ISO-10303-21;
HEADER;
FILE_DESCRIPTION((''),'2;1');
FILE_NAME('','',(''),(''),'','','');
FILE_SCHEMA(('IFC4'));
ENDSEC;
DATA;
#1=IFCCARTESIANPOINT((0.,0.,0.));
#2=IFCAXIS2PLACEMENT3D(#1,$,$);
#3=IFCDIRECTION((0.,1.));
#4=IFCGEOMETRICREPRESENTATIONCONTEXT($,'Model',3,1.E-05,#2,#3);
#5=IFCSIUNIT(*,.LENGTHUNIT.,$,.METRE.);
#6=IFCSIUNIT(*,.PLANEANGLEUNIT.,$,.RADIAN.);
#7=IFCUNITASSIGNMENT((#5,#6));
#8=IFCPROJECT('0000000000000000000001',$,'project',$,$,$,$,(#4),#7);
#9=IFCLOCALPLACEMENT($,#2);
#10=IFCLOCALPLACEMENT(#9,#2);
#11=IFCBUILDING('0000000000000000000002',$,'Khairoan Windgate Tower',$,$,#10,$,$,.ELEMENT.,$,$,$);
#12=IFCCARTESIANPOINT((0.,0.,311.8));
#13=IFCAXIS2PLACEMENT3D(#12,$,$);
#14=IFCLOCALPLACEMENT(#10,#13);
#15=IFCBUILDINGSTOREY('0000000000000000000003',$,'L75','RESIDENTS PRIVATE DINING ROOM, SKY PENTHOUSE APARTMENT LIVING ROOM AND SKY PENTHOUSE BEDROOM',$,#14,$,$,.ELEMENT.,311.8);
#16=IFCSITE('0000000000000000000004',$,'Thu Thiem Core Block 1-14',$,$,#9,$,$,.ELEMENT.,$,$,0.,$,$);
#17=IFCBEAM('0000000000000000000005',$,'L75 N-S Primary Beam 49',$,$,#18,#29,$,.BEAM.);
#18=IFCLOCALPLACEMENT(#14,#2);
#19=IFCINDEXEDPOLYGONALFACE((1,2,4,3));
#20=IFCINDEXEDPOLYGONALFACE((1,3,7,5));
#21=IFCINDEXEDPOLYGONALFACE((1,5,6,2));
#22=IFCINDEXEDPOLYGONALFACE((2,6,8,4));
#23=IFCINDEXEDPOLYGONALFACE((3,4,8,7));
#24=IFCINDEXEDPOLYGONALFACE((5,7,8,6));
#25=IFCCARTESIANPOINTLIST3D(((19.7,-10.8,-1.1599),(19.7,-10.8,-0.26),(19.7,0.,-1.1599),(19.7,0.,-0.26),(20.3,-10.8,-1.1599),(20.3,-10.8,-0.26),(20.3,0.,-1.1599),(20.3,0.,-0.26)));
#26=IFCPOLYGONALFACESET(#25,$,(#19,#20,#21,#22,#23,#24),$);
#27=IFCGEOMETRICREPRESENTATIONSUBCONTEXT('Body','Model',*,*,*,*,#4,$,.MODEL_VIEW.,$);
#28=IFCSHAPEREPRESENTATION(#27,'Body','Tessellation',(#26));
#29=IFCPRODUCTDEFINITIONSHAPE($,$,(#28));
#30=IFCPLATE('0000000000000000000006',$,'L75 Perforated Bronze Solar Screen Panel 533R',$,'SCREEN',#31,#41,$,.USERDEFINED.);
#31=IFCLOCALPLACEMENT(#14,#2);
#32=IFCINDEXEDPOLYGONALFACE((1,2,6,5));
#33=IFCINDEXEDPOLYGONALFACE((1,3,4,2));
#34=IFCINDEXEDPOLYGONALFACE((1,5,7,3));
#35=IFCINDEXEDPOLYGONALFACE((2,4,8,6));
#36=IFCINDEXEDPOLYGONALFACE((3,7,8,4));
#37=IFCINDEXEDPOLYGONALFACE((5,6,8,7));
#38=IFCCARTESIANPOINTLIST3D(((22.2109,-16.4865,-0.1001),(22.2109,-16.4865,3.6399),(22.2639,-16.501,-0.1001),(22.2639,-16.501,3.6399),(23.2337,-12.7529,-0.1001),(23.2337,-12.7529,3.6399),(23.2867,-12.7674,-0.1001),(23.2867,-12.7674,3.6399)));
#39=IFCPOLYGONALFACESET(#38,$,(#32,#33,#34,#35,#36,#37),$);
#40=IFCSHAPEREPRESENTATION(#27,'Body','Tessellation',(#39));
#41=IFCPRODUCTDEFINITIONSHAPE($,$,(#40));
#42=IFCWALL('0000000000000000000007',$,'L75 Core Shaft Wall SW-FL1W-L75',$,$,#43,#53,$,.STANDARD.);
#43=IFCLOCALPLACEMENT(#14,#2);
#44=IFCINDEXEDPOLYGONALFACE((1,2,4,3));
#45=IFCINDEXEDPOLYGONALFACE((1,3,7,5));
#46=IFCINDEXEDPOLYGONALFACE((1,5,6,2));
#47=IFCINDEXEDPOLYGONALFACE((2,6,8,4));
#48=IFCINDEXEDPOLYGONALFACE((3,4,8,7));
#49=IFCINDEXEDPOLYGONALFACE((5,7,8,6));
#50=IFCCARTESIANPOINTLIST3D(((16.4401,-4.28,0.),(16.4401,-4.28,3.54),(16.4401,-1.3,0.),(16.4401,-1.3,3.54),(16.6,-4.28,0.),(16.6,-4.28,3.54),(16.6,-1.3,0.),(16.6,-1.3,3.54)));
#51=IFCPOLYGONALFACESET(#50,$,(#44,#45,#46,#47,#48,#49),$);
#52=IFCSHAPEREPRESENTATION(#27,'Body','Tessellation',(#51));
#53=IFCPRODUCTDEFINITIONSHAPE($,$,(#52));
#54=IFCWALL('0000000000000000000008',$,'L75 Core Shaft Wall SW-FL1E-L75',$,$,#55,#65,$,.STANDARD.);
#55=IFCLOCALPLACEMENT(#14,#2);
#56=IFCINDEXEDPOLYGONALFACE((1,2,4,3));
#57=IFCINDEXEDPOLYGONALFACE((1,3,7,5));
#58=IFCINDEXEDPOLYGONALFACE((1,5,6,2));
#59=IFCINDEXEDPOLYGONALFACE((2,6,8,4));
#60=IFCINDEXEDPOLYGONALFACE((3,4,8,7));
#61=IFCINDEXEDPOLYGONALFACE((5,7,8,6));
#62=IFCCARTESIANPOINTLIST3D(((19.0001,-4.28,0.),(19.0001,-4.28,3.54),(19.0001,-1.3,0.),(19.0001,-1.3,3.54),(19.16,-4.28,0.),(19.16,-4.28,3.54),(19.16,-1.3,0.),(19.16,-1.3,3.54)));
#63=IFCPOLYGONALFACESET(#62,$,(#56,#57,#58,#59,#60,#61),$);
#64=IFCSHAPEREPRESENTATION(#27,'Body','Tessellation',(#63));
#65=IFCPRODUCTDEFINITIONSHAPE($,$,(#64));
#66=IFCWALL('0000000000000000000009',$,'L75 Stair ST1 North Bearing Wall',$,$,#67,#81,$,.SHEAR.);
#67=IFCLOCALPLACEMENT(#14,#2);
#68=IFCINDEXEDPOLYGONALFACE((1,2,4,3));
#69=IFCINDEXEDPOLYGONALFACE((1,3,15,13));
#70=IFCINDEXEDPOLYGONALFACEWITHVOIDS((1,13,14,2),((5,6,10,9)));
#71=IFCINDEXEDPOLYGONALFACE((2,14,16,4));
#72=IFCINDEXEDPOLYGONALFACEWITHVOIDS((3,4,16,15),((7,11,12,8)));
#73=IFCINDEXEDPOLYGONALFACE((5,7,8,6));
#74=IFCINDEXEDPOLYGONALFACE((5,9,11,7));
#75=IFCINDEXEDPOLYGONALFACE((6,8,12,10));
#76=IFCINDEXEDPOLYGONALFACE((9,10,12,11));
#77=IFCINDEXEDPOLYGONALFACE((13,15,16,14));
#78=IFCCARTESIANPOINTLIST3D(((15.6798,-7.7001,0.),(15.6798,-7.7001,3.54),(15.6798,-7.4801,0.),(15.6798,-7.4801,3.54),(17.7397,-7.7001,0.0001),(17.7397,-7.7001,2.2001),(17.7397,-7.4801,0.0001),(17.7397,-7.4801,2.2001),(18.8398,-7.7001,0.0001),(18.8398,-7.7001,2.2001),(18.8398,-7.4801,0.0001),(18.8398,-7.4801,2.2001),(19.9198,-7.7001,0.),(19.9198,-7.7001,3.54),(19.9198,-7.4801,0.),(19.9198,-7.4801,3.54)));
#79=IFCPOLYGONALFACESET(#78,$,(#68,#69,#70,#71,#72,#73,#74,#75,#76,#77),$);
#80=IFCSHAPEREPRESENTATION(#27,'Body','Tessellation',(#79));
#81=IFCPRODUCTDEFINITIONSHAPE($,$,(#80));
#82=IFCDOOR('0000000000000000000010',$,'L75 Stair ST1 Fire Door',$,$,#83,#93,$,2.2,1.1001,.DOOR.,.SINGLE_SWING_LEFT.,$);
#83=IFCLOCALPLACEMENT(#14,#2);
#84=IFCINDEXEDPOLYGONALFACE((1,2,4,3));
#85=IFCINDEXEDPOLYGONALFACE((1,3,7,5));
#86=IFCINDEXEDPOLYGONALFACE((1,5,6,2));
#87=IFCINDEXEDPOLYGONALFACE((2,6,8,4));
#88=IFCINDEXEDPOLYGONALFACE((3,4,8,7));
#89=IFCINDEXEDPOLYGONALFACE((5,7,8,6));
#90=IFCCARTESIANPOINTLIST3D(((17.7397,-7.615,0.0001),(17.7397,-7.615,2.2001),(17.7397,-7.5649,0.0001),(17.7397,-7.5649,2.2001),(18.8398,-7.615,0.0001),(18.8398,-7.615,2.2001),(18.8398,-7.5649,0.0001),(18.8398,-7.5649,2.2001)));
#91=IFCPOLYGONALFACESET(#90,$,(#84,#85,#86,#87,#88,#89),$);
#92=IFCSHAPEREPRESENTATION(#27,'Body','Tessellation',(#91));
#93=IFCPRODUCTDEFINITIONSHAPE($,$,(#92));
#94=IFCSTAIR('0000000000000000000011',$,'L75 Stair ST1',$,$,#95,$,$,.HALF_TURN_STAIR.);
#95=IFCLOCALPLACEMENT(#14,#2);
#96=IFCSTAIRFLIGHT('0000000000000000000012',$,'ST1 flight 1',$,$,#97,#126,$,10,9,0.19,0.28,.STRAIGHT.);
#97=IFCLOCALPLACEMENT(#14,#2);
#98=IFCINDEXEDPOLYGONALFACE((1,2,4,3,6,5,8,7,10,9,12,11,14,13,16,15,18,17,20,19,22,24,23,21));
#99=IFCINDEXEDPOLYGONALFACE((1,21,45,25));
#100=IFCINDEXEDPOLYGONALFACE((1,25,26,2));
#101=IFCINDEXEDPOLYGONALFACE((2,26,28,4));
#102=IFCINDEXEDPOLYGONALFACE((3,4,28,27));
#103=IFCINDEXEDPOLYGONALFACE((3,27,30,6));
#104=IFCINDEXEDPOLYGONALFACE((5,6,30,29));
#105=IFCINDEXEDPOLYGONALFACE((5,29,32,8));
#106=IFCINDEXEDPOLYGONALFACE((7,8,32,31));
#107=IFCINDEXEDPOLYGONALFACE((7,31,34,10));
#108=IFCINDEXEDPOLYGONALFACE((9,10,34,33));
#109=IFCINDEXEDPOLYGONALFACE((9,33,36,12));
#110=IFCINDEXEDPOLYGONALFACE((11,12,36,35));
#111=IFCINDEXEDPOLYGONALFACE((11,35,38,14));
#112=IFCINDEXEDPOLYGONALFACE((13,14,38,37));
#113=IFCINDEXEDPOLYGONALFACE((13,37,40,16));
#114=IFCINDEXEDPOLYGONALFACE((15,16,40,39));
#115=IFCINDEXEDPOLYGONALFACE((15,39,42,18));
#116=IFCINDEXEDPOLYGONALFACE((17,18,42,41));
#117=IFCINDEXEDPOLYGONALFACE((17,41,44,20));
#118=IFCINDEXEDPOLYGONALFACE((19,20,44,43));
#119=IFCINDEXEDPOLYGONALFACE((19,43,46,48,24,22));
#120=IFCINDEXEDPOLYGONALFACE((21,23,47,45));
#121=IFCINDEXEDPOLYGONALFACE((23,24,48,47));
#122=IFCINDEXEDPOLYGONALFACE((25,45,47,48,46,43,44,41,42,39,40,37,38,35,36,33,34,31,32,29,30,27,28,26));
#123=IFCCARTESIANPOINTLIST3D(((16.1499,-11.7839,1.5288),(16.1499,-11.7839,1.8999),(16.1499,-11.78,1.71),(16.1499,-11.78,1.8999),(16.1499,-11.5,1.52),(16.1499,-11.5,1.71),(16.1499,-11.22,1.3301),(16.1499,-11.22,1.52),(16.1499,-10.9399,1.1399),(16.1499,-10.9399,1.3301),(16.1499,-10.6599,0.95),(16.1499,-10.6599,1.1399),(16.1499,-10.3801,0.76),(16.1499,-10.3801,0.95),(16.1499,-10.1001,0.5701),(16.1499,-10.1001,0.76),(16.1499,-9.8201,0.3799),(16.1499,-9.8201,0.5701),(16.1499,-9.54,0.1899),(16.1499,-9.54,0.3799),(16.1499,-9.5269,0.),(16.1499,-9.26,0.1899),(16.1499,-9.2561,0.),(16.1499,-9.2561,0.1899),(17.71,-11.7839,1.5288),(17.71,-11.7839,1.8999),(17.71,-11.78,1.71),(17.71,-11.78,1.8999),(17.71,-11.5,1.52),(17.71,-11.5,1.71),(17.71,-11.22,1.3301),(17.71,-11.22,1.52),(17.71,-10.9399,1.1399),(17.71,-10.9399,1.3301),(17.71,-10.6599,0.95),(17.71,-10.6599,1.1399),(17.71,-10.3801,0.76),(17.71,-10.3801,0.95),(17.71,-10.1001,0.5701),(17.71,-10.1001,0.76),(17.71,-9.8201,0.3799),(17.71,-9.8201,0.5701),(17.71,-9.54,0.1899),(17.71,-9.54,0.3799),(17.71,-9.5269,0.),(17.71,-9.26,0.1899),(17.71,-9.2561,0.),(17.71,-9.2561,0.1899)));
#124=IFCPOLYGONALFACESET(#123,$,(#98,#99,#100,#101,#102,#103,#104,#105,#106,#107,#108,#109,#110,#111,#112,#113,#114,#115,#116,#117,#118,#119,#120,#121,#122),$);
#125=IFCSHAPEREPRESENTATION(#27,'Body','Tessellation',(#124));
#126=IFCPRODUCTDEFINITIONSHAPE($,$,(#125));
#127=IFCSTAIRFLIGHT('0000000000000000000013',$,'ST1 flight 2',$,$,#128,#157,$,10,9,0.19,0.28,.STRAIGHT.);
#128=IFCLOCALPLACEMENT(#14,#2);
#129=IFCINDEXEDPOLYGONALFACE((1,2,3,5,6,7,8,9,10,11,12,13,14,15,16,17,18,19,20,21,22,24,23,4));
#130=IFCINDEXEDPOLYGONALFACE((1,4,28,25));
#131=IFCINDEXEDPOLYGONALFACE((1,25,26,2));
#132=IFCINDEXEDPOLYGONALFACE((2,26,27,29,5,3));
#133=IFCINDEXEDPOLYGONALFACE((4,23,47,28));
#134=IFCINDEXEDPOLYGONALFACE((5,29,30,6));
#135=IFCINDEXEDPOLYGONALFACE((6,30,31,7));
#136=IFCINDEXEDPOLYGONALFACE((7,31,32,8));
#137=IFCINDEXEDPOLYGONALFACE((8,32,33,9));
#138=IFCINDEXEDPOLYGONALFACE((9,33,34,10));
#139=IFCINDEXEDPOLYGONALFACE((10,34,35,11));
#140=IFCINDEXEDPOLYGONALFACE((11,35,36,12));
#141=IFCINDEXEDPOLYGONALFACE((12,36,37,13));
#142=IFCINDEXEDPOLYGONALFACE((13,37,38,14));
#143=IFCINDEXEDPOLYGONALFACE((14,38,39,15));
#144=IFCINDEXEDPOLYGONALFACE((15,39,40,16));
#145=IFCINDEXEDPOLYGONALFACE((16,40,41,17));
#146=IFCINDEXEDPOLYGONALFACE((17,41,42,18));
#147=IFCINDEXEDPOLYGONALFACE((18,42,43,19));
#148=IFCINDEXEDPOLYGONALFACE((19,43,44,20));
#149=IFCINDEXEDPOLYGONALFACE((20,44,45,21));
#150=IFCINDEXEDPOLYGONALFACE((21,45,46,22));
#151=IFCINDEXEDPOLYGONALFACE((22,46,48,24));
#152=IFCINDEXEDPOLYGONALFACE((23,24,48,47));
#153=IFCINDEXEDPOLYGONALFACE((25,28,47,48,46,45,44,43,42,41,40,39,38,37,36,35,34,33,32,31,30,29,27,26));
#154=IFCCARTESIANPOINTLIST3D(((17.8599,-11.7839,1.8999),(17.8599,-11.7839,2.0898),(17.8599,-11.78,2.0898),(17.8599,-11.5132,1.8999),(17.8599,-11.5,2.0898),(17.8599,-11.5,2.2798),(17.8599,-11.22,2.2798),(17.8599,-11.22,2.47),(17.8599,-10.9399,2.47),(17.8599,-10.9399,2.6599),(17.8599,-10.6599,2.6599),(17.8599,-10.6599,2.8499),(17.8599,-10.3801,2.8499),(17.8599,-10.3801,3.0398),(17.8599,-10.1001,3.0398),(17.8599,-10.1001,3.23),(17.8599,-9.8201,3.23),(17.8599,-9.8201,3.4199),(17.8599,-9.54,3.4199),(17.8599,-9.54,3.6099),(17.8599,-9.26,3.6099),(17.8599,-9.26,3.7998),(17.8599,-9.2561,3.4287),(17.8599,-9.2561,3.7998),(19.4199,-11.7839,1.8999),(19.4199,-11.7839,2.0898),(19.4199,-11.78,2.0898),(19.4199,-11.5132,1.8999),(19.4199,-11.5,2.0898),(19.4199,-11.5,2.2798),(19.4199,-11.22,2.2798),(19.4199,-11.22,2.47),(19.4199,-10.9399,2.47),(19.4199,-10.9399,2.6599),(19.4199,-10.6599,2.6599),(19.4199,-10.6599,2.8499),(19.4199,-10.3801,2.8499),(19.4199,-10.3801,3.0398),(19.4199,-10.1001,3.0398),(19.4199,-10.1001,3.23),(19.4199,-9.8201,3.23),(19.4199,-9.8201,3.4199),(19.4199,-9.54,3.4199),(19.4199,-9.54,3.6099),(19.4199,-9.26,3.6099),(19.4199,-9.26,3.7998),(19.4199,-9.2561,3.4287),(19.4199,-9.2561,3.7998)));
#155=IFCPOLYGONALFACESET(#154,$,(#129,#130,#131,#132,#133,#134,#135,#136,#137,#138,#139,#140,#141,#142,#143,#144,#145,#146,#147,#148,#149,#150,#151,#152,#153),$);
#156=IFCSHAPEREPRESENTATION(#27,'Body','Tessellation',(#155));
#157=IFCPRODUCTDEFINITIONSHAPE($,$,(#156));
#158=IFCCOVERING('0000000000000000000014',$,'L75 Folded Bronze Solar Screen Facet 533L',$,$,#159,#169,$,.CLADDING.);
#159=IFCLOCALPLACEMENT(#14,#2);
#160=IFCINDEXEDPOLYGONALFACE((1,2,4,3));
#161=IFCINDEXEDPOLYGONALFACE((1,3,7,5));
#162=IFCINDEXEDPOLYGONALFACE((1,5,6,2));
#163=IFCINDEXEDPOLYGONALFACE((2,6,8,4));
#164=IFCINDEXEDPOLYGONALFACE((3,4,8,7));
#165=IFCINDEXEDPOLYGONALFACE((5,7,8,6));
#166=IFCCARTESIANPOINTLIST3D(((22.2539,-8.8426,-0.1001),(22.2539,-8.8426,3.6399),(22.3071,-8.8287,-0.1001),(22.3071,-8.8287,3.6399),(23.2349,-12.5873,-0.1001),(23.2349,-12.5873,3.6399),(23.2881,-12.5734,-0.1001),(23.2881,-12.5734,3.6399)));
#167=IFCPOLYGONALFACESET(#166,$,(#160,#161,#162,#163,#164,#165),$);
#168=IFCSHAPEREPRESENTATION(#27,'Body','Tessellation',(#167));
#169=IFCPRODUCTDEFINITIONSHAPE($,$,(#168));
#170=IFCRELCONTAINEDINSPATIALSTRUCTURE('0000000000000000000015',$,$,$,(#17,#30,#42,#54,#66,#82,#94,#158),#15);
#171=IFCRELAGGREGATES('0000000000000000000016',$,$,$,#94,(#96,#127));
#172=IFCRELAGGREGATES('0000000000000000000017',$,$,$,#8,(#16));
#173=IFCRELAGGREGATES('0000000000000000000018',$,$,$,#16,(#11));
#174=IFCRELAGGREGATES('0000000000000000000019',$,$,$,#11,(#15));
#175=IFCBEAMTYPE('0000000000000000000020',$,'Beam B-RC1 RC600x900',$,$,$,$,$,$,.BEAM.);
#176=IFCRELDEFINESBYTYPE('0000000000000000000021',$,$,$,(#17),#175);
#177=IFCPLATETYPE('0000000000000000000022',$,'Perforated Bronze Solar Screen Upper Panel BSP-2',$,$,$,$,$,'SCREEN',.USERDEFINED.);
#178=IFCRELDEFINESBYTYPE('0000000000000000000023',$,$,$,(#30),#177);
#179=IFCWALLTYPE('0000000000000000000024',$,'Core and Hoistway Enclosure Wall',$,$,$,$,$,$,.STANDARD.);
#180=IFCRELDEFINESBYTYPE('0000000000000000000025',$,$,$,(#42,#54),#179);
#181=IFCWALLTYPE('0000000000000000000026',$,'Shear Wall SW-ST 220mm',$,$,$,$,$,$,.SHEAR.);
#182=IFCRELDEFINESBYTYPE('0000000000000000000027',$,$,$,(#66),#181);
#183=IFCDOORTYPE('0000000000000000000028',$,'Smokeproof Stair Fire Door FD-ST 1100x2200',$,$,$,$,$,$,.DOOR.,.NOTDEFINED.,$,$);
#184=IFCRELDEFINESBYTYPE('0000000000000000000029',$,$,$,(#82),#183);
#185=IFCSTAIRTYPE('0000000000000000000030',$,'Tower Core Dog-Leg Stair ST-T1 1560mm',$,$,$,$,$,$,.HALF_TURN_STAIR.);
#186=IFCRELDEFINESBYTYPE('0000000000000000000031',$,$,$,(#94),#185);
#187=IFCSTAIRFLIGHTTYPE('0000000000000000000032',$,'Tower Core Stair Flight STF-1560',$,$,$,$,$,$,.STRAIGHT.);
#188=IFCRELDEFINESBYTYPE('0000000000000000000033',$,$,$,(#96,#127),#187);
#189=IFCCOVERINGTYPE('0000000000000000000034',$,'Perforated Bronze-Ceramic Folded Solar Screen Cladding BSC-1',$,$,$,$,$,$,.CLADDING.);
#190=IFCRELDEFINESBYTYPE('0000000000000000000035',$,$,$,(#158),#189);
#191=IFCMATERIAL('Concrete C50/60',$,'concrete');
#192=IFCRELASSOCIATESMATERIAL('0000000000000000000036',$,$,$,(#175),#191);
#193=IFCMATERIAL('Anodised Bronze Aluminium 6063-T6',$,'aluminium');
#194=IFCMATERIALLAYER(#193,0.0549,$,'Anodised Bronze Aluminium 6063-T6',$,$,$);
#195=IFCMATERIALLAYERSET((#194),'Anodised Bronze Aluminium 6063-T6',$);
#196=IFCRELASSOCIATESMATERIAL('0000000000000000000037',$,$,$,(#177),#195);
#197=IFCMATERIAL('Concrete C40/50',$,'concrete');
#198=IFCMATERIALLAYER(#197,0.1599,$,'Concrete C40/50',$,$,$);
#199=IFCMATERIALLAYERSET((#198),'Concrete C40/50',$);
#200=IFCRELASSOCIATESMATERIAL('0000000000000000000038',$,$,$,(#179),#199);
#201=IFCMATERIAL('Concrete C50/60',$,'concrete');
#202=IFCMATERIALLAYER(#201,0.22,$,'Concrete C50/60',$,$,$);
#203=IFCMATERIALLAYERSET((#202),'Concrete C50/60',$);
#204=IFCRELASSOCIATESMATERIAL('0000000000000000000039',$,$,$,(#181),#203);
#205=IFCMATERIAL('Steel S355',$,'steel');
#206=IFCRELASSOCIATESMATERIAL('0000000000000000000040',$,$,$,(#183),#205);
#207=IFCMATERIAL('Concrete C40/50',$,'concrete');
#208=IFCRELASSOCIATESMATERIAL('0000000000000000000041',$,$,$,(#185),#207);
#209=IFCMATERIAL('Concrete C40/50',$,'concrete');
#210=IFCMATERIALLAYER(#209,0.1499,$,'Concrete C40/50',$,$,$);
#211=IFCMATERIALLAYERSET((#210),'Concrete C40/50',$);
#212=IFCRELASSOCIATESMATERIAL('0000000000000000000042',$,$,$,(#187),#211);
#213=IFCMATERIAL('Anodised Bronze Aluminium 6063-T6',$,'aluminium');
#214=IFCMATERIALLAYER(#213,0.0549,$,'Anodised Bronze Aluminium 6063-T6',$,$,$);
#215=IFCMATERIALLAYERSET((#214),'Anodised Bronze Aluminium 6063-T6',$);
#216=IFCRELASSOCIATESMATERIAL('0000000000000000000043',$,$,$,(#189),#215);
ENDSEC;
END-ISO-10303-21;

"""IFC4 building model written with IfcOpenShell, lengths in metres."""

from ifc_helpers import new_model, si_unit, direction, frame, frame_2d, origin, origin_2d, place, context, subcontext, project, spatial, polyline, rectangle, outline, extrude, material, layer, layer_set, material_profile, profile_set, type_object, element, fill, aggregate, save


model = new_model("IFC4")

# Units and contexts
model_context = context("Model", 3, precision=1e-05, world=origin(), true_north=direction((0.0, 1.0)))
body_context = subcontext(model_context, "Body", "Model", "MODEL_VIEW")
ifc_project = project(units=[si_unit("LENGTHUNIT", "METRE"), si_unit("PLANEANGLEUNIT", "RADIAN")], contexts=[model_context])

# Site, building, storey
site_placement = place(None, origin())
site = spatial("IfcSite", under=ifc_project, at=site_placement, Name="Thu Thiem Core Block 1-14", CompositionType="ELEMENT", RefElevation=0.0)
building_placement = place(site_placement, origin())
building = spatial("IfcBuilding", under=site, at=building_placement, Name="Khairoan Windgate Tower", CompositionType="ELEMENT")
storey_placement = place(building_placement, frame((0.0, 0.0, 311.8)))
storey = spatial("IfcBuildingStorey", under=building, at=storey_placement, Name="L75", Description="RESIDENTS PRIVATE DINING ROOM, SKY PENTHOUSE APARTMENT LIVING ROOM AND SKY PENTHOUSE BEDROOM", CompositionType="ELEMENT", Elevation=311.8)

# Beam
ifc_material_1 = material(Name="Concrete C50/60", Category="concrete")
ifc_material_profile = material_profile(ifc_material_1, rectangle(XDim=0.6001, YDim=0.8999, at=origin_2d()))
ifc_profile_set = profile_set([ifc_material_profile], Name="Concrete C50/60")
beam_type = type_object("IfcBeamType", Name="Beam B-RC1 RC600x900", PredefinedType="BEAM", material=ifc_profile_set)
beam_placement = place(storey_placement, frame((20.0, -10.8, -0.71), z_axis=(0.0, 1.0, 0.0), x_axis=(-1.0, 0.0, 0.0)))
element("IfcBeam", 1, at=beam_placement, inside=storey, type_object=beam_type, Name="L75 N-S Primary Beam 49", PredefinedType="BEAM", context=body_context, shape_type="SweptSolid", body=[
    extrude(rectangle(XDim=0.6001, YDim=0.8999, at=origin_2d()), origin(), (0.0, 0.0, 1.0), 10.8),
])

# Plate
ifc_material_2 = material(Name="Anodised Bronze Aluminium 6063-T6", Category="aluminium")
ifc_layer_1 = layer(ifc_material_2, 0.0549, Name="Anodised Bronze Aluminium 6063-T6")
ifc_layer_set_1 = layer_set([ifc_layer_1], Name="Anodised Bronze Aluminium 6063-T6")
plate_type = type_object("IfcPlateType", Name="Perforated Bronze Solar Screen Upper Panel BSP-2", ElementType="SCREEN", PredefinedType="USERDEFINED", material=ifc_layer_set_1)
plate_placement = place(storey_placement, frame((22.7488, -14.627, -0.1001), z_axis=(0.0, 0.0, 1.0), x_axis=(-0.26421, -0.964465, 0.0)))
element("IfcPlate", 2, at=plate_placement, inside=storey, type_object=plate_type, Name="L75 Perforated Bronze Solar Screen Panel 533R", ObjectType="SCREEN", PredefinedType="USERDEFINED", context=body_context, shape_type="SweptSolid", body=[
    extrude(rectangle(XDim=3.8711, YDim=0.0549, at=origin_2d()), origin(), (0.0, 0.0, 1.0), 3.74),
])

# Walls
ifc_material_3 = material(Name="Concrete C40/50", Category="concrete")
ifc_layer_2 = layer(ifc_material_3, 0.1599, Name="Concrete C40/50")
ifc_layer_set_2 = layer_set([ifc_layer_2], Name="Concrete C40/50")
wall_type_1 = type_object("IfcWallType", Name="Core and Hoistway Enclosure Wall", PredefinedType="STANDARD", material=ifc_layer_set_2)
for number, where, z_axis, x_axis, name in (
    (3, (16.52, -4.28, 0.0), (0.0, 0.0, 1.0), (0.0, 1.0, 0.0), "L75 Core Shaft Wall SW-FL1W-L75"),
    (4, (19.0801, -4.28, 0.0), (0.0, 0.0, 1.0), (0.0, 1.0, 0.0), "L75 Core Shaft Wall SW-FL1E-L75"),
):
    element("IfcWall", number, at=place(storey_placement, frame(where, z_axis=z_axis, x_axis=x_axis)), inside=storey, type_object=wall_type_1, Name=name, PredefinedType="STANDARD", context=body_context, shape_type="SweptSolid", body=[
        extrude(rectangle(XDim=2.98, YDim=0.1599, at=frame_2d((1.49, 0.0))), origin(), (0.0, 0.0, 1.0), 3.54),
    ])

# Wall, opening, door
ifc_material_4 = material(Name="Concrete C50/60", Category="concrete")
ifc_layer_3 = layer(ifc_material_4, 0.22, Name="Concrete C50/60")
ifc_layer_set_3 = layer_set([ifc_layer_3], Name="Concrete C50/60")
wall_type_2 = type_object("IfcWallType", Name="Shear Wall SW-ST 220mm", PredefinedType="SHEAR", material=ifc_layer_set_3)
wall_placement = place(storey_placement, frame((19.9199, -7.5901, 0.0), z_axis=(0.0, 0.0, 1.0), x_axis=(-1.0, 0.0, 0.0)))
wall = element("IfcWall", 5, at=wall_placement, inside=storey, type_object=wall_type_2, Name="L75 Stair ST1 North Bearing Wall", PredefinedType="SHEAR", context=body_context, shape_type="SweptSolid", body=[
    extrude(rectangle(XDim=4.24, YDim=0.22, at=frame_2d((2.1201, 0.0))), origin(), (0.0, 0.0, 1.0), 3.54),
])
opening_placement = place(wall_placement, frame((1.0801, 0.0, 0.0)))
opening = element("IfcOpeningElement", 6, at=opening_placement, cuts=wall, PredefinedType="OPENING", context=body_context, shape_type="SweptSolid", body=[
    extrude(rectangle(XDim=1.1001, YDim=2.2, at=frame_2d((0.55, 1.1001))), frame((0.0, 0.1199, 0.0), z_axis=(0.0, -1.0, 0.0), x_axis=(1.0, 0.0, 0.0)), (0.0, 0.0, 1.0), 0.24),
])
ifc_material_5 = material(Name="Steel S355", Category="steel")
door_type = type_object("IfcDoorType", Name="Smokeproof Stair Fire Door FD-ST 1100x2200", OperationType="NOTDEFINED", PredefinedType="DOOR", material=ifc_material_5)
door_placement = place(opening_placement, origin())
door = element("IfcDoor", 7, at=door_placement, inside=storey, type_object=door_type, Name="L75 Stair ST1 Fire Door", OperationType="SINGLE_SWING_LEFT", OverallHeight=2.2, OverallWidth=1.1001, PredefinedType="DOOR", context=body_context, shape_type="SweptSolid", body=[
    extrude(rectangle(XDim=1.1001, YDim=2.2, at=frame_2d((0.55, 1.1001))), frame((0.0, 0.0249, 0.0), z_axis=(0.0, -1.0, 0.0), x_axis=(1.0, 0.0, 0.0)), (0.0, 0.0, 1.0), 0.05),
])
fill(opening, door)

# Stair, stair flights
ifc_material_6 = material(Name="Concrete C40/50", Category="concrete")
stair_type = type_object("IfcStairType", Name="Tower Core Dog-Leg Stair ST-T1 1560mm", PredefinedType="HALF_TURN_STAIR", material=ifc_material_6)
stair_placement = place(storey_placement, origin())
stair = element("IfcStair", 8, at=stair_placement, inside=storey, type_object=stair_type, Name="L75 Stair ST1", PredefinedType="HALF_TURN_STAIR")
ifc_material_7 = material(Name="Concrete C40/50", Category="concrete")
ifc_layer_4 = layer(ifc_material_7, 0.1499, Name="Concrete C40/50")
ifc_layer_set_4 = layer_set([ifc_layer_4], Name="Concrete C40/50")
stair_flight_type = type_object("IfcStairFlightType", Name="Tower Core Stair Flight STF-1560", PredefinedType="STRAIGHT", material=ifc_layer_set_4)
stair_flight_1_placement = place(storey_placement, frame((16.9299, -9.26, 0.0), z_axis=(0.0, 0.0, 1.0), x_axis=(0.0, -1.0, 0.0)))
stair_flight_1 = element("IfcStairFlight", 9, at=stair_flight_1_placement, type_object=stair_flight_type, Name="ST1 flight 1", NumberOfRisers=10, NumberOfTreads=9, PredefinedType="STRAIGHT", RiserHeight=0.19, TreadLength=0.28, context=body_context, shape_type="SweptSolid", body=[
    extrude(outline(polyline([(-0.0039, 0.0), (-0.0039, 0.1899), (0.0, 0.1899), (0.28, 0.1899), (0.28, 0.3799), (0.5601, 0.3799), (0.5601, 0.5701), (0.8401, 0.5701), (0.8401, 0.76), (1.1201, 0.76), (1.1201, 0.95), (1.3999, 0.95), (1.3999, 1.1399), (1.6799, 1.1399), (1.6799, 1.3301), (1.96, 1.3301), (1.96, 1.52), (2.24, 1.52), (2.24, 1.71), (2.52, 1.71), (2.52, 1.8999), (2.5239, 1.8999), (2.5239, 1.5288), (0.2668, 0.0), (-0.0039, 0.0)])), frame((0.0, 0.78, 0.0), z_axis=(0.0, -1.0, 0.0), x_axis=(1.0, 0.0, 0.0)), (0.0, 0.0, 1.0), 1.5601),
])
stair_flight_2_placement = place(storey_placement, frame((18.6399, -11.78, 1.8999), z_axis=(0.0, 0.0, 1.0), x_axis=(0.0, 1.0, 0.0)))
stair_flight_2 = element("IfcStairFlight", 10, at=stair_flight_2_placement, type_object=stair_flight_type, Name="ST1 flight 2", NumberOfRisers=10, NumberOfTreads=9, PredefinedType="STRAIGHT", RiserHeight=0.19, TreadLength=0.28, context=body_context, shape_type="SweptSolid", body=[
    extrude(outline(polyline([(-0.0039, 0.0), (-0.0039, 0.1899), (0.0, 0.1899), (0.28, 0.1899), (0.28, 0.3799), (0.5601, 0.3799), (0.5601, 0.5701), (0.8401, 0.5701), (0.8401, 0.76), (1.1201, 0.76), (1.1201, 0.95), (1.3999, 0.95), (1.3999, 1.1399), (1.6799, 1.1399), (1.6799, 1.3301), (1.96, 1.3301), (1.96, 1.52), (2.24, 1.52), (2.24, 1.71), (2.52, 1.71), (2.52, 1.8999), (2.5239, 1.8999), (2.5239, 1.5288), (0.2668, 0.0), (-0.0039, 0.0)])), frame((0.0, 0.78, 0.0), z_axis=(0.0, -1.0, 0.0), x_axis=(1.0, 0.0, 0.0)), (0.0, 0.0, 1.0), 1.5601),
])
aggregate(stair, [stair_flight_1, stair_flight_2])

# Covering
ifc_material_8 = material(Name="Anodised Bronze Aluminium 6063-T6", Category="aluminium")
ifc_layer_5 = layer(ifc_material_8, 0.0549, Name="Anodised Bronze Aluminium 6063-T6")
ifc_layer_set_5 = layer_set([ifc_layer_5], Name="Anodised Bronze Aluminium 6063-T6")
covering_type = type_object("IfcCoveringType", Name="Perforated Bronze-Ceramic Folded Solar Screen Cladding BSC-1", PredefinedType="CLADDING", material=ifc_layer_set_5)
covering_placement = place(storey_placement, frame((22.771, -10.708, -0.1001), z_axis=(0.0, 0.0, 1.0), x_axis=(0.25342, -0.967356, 0.0)))
element("IfcCovering", 11, at=covering_placement, inside=storey, type_object=covering_type, Name="L75 Folded Bronze Solar Screen Facet 533L", PredefinedType="CLADDING", context=body_context, shape_type="SweptSolid", body=[
    extrude(rectangle(XDim=3.8711, YDim=0.0549, at=origin_2d()), origin(), (0.0, 0.0, 1.0), 3.74),
])

save(model, "model.ifc")
